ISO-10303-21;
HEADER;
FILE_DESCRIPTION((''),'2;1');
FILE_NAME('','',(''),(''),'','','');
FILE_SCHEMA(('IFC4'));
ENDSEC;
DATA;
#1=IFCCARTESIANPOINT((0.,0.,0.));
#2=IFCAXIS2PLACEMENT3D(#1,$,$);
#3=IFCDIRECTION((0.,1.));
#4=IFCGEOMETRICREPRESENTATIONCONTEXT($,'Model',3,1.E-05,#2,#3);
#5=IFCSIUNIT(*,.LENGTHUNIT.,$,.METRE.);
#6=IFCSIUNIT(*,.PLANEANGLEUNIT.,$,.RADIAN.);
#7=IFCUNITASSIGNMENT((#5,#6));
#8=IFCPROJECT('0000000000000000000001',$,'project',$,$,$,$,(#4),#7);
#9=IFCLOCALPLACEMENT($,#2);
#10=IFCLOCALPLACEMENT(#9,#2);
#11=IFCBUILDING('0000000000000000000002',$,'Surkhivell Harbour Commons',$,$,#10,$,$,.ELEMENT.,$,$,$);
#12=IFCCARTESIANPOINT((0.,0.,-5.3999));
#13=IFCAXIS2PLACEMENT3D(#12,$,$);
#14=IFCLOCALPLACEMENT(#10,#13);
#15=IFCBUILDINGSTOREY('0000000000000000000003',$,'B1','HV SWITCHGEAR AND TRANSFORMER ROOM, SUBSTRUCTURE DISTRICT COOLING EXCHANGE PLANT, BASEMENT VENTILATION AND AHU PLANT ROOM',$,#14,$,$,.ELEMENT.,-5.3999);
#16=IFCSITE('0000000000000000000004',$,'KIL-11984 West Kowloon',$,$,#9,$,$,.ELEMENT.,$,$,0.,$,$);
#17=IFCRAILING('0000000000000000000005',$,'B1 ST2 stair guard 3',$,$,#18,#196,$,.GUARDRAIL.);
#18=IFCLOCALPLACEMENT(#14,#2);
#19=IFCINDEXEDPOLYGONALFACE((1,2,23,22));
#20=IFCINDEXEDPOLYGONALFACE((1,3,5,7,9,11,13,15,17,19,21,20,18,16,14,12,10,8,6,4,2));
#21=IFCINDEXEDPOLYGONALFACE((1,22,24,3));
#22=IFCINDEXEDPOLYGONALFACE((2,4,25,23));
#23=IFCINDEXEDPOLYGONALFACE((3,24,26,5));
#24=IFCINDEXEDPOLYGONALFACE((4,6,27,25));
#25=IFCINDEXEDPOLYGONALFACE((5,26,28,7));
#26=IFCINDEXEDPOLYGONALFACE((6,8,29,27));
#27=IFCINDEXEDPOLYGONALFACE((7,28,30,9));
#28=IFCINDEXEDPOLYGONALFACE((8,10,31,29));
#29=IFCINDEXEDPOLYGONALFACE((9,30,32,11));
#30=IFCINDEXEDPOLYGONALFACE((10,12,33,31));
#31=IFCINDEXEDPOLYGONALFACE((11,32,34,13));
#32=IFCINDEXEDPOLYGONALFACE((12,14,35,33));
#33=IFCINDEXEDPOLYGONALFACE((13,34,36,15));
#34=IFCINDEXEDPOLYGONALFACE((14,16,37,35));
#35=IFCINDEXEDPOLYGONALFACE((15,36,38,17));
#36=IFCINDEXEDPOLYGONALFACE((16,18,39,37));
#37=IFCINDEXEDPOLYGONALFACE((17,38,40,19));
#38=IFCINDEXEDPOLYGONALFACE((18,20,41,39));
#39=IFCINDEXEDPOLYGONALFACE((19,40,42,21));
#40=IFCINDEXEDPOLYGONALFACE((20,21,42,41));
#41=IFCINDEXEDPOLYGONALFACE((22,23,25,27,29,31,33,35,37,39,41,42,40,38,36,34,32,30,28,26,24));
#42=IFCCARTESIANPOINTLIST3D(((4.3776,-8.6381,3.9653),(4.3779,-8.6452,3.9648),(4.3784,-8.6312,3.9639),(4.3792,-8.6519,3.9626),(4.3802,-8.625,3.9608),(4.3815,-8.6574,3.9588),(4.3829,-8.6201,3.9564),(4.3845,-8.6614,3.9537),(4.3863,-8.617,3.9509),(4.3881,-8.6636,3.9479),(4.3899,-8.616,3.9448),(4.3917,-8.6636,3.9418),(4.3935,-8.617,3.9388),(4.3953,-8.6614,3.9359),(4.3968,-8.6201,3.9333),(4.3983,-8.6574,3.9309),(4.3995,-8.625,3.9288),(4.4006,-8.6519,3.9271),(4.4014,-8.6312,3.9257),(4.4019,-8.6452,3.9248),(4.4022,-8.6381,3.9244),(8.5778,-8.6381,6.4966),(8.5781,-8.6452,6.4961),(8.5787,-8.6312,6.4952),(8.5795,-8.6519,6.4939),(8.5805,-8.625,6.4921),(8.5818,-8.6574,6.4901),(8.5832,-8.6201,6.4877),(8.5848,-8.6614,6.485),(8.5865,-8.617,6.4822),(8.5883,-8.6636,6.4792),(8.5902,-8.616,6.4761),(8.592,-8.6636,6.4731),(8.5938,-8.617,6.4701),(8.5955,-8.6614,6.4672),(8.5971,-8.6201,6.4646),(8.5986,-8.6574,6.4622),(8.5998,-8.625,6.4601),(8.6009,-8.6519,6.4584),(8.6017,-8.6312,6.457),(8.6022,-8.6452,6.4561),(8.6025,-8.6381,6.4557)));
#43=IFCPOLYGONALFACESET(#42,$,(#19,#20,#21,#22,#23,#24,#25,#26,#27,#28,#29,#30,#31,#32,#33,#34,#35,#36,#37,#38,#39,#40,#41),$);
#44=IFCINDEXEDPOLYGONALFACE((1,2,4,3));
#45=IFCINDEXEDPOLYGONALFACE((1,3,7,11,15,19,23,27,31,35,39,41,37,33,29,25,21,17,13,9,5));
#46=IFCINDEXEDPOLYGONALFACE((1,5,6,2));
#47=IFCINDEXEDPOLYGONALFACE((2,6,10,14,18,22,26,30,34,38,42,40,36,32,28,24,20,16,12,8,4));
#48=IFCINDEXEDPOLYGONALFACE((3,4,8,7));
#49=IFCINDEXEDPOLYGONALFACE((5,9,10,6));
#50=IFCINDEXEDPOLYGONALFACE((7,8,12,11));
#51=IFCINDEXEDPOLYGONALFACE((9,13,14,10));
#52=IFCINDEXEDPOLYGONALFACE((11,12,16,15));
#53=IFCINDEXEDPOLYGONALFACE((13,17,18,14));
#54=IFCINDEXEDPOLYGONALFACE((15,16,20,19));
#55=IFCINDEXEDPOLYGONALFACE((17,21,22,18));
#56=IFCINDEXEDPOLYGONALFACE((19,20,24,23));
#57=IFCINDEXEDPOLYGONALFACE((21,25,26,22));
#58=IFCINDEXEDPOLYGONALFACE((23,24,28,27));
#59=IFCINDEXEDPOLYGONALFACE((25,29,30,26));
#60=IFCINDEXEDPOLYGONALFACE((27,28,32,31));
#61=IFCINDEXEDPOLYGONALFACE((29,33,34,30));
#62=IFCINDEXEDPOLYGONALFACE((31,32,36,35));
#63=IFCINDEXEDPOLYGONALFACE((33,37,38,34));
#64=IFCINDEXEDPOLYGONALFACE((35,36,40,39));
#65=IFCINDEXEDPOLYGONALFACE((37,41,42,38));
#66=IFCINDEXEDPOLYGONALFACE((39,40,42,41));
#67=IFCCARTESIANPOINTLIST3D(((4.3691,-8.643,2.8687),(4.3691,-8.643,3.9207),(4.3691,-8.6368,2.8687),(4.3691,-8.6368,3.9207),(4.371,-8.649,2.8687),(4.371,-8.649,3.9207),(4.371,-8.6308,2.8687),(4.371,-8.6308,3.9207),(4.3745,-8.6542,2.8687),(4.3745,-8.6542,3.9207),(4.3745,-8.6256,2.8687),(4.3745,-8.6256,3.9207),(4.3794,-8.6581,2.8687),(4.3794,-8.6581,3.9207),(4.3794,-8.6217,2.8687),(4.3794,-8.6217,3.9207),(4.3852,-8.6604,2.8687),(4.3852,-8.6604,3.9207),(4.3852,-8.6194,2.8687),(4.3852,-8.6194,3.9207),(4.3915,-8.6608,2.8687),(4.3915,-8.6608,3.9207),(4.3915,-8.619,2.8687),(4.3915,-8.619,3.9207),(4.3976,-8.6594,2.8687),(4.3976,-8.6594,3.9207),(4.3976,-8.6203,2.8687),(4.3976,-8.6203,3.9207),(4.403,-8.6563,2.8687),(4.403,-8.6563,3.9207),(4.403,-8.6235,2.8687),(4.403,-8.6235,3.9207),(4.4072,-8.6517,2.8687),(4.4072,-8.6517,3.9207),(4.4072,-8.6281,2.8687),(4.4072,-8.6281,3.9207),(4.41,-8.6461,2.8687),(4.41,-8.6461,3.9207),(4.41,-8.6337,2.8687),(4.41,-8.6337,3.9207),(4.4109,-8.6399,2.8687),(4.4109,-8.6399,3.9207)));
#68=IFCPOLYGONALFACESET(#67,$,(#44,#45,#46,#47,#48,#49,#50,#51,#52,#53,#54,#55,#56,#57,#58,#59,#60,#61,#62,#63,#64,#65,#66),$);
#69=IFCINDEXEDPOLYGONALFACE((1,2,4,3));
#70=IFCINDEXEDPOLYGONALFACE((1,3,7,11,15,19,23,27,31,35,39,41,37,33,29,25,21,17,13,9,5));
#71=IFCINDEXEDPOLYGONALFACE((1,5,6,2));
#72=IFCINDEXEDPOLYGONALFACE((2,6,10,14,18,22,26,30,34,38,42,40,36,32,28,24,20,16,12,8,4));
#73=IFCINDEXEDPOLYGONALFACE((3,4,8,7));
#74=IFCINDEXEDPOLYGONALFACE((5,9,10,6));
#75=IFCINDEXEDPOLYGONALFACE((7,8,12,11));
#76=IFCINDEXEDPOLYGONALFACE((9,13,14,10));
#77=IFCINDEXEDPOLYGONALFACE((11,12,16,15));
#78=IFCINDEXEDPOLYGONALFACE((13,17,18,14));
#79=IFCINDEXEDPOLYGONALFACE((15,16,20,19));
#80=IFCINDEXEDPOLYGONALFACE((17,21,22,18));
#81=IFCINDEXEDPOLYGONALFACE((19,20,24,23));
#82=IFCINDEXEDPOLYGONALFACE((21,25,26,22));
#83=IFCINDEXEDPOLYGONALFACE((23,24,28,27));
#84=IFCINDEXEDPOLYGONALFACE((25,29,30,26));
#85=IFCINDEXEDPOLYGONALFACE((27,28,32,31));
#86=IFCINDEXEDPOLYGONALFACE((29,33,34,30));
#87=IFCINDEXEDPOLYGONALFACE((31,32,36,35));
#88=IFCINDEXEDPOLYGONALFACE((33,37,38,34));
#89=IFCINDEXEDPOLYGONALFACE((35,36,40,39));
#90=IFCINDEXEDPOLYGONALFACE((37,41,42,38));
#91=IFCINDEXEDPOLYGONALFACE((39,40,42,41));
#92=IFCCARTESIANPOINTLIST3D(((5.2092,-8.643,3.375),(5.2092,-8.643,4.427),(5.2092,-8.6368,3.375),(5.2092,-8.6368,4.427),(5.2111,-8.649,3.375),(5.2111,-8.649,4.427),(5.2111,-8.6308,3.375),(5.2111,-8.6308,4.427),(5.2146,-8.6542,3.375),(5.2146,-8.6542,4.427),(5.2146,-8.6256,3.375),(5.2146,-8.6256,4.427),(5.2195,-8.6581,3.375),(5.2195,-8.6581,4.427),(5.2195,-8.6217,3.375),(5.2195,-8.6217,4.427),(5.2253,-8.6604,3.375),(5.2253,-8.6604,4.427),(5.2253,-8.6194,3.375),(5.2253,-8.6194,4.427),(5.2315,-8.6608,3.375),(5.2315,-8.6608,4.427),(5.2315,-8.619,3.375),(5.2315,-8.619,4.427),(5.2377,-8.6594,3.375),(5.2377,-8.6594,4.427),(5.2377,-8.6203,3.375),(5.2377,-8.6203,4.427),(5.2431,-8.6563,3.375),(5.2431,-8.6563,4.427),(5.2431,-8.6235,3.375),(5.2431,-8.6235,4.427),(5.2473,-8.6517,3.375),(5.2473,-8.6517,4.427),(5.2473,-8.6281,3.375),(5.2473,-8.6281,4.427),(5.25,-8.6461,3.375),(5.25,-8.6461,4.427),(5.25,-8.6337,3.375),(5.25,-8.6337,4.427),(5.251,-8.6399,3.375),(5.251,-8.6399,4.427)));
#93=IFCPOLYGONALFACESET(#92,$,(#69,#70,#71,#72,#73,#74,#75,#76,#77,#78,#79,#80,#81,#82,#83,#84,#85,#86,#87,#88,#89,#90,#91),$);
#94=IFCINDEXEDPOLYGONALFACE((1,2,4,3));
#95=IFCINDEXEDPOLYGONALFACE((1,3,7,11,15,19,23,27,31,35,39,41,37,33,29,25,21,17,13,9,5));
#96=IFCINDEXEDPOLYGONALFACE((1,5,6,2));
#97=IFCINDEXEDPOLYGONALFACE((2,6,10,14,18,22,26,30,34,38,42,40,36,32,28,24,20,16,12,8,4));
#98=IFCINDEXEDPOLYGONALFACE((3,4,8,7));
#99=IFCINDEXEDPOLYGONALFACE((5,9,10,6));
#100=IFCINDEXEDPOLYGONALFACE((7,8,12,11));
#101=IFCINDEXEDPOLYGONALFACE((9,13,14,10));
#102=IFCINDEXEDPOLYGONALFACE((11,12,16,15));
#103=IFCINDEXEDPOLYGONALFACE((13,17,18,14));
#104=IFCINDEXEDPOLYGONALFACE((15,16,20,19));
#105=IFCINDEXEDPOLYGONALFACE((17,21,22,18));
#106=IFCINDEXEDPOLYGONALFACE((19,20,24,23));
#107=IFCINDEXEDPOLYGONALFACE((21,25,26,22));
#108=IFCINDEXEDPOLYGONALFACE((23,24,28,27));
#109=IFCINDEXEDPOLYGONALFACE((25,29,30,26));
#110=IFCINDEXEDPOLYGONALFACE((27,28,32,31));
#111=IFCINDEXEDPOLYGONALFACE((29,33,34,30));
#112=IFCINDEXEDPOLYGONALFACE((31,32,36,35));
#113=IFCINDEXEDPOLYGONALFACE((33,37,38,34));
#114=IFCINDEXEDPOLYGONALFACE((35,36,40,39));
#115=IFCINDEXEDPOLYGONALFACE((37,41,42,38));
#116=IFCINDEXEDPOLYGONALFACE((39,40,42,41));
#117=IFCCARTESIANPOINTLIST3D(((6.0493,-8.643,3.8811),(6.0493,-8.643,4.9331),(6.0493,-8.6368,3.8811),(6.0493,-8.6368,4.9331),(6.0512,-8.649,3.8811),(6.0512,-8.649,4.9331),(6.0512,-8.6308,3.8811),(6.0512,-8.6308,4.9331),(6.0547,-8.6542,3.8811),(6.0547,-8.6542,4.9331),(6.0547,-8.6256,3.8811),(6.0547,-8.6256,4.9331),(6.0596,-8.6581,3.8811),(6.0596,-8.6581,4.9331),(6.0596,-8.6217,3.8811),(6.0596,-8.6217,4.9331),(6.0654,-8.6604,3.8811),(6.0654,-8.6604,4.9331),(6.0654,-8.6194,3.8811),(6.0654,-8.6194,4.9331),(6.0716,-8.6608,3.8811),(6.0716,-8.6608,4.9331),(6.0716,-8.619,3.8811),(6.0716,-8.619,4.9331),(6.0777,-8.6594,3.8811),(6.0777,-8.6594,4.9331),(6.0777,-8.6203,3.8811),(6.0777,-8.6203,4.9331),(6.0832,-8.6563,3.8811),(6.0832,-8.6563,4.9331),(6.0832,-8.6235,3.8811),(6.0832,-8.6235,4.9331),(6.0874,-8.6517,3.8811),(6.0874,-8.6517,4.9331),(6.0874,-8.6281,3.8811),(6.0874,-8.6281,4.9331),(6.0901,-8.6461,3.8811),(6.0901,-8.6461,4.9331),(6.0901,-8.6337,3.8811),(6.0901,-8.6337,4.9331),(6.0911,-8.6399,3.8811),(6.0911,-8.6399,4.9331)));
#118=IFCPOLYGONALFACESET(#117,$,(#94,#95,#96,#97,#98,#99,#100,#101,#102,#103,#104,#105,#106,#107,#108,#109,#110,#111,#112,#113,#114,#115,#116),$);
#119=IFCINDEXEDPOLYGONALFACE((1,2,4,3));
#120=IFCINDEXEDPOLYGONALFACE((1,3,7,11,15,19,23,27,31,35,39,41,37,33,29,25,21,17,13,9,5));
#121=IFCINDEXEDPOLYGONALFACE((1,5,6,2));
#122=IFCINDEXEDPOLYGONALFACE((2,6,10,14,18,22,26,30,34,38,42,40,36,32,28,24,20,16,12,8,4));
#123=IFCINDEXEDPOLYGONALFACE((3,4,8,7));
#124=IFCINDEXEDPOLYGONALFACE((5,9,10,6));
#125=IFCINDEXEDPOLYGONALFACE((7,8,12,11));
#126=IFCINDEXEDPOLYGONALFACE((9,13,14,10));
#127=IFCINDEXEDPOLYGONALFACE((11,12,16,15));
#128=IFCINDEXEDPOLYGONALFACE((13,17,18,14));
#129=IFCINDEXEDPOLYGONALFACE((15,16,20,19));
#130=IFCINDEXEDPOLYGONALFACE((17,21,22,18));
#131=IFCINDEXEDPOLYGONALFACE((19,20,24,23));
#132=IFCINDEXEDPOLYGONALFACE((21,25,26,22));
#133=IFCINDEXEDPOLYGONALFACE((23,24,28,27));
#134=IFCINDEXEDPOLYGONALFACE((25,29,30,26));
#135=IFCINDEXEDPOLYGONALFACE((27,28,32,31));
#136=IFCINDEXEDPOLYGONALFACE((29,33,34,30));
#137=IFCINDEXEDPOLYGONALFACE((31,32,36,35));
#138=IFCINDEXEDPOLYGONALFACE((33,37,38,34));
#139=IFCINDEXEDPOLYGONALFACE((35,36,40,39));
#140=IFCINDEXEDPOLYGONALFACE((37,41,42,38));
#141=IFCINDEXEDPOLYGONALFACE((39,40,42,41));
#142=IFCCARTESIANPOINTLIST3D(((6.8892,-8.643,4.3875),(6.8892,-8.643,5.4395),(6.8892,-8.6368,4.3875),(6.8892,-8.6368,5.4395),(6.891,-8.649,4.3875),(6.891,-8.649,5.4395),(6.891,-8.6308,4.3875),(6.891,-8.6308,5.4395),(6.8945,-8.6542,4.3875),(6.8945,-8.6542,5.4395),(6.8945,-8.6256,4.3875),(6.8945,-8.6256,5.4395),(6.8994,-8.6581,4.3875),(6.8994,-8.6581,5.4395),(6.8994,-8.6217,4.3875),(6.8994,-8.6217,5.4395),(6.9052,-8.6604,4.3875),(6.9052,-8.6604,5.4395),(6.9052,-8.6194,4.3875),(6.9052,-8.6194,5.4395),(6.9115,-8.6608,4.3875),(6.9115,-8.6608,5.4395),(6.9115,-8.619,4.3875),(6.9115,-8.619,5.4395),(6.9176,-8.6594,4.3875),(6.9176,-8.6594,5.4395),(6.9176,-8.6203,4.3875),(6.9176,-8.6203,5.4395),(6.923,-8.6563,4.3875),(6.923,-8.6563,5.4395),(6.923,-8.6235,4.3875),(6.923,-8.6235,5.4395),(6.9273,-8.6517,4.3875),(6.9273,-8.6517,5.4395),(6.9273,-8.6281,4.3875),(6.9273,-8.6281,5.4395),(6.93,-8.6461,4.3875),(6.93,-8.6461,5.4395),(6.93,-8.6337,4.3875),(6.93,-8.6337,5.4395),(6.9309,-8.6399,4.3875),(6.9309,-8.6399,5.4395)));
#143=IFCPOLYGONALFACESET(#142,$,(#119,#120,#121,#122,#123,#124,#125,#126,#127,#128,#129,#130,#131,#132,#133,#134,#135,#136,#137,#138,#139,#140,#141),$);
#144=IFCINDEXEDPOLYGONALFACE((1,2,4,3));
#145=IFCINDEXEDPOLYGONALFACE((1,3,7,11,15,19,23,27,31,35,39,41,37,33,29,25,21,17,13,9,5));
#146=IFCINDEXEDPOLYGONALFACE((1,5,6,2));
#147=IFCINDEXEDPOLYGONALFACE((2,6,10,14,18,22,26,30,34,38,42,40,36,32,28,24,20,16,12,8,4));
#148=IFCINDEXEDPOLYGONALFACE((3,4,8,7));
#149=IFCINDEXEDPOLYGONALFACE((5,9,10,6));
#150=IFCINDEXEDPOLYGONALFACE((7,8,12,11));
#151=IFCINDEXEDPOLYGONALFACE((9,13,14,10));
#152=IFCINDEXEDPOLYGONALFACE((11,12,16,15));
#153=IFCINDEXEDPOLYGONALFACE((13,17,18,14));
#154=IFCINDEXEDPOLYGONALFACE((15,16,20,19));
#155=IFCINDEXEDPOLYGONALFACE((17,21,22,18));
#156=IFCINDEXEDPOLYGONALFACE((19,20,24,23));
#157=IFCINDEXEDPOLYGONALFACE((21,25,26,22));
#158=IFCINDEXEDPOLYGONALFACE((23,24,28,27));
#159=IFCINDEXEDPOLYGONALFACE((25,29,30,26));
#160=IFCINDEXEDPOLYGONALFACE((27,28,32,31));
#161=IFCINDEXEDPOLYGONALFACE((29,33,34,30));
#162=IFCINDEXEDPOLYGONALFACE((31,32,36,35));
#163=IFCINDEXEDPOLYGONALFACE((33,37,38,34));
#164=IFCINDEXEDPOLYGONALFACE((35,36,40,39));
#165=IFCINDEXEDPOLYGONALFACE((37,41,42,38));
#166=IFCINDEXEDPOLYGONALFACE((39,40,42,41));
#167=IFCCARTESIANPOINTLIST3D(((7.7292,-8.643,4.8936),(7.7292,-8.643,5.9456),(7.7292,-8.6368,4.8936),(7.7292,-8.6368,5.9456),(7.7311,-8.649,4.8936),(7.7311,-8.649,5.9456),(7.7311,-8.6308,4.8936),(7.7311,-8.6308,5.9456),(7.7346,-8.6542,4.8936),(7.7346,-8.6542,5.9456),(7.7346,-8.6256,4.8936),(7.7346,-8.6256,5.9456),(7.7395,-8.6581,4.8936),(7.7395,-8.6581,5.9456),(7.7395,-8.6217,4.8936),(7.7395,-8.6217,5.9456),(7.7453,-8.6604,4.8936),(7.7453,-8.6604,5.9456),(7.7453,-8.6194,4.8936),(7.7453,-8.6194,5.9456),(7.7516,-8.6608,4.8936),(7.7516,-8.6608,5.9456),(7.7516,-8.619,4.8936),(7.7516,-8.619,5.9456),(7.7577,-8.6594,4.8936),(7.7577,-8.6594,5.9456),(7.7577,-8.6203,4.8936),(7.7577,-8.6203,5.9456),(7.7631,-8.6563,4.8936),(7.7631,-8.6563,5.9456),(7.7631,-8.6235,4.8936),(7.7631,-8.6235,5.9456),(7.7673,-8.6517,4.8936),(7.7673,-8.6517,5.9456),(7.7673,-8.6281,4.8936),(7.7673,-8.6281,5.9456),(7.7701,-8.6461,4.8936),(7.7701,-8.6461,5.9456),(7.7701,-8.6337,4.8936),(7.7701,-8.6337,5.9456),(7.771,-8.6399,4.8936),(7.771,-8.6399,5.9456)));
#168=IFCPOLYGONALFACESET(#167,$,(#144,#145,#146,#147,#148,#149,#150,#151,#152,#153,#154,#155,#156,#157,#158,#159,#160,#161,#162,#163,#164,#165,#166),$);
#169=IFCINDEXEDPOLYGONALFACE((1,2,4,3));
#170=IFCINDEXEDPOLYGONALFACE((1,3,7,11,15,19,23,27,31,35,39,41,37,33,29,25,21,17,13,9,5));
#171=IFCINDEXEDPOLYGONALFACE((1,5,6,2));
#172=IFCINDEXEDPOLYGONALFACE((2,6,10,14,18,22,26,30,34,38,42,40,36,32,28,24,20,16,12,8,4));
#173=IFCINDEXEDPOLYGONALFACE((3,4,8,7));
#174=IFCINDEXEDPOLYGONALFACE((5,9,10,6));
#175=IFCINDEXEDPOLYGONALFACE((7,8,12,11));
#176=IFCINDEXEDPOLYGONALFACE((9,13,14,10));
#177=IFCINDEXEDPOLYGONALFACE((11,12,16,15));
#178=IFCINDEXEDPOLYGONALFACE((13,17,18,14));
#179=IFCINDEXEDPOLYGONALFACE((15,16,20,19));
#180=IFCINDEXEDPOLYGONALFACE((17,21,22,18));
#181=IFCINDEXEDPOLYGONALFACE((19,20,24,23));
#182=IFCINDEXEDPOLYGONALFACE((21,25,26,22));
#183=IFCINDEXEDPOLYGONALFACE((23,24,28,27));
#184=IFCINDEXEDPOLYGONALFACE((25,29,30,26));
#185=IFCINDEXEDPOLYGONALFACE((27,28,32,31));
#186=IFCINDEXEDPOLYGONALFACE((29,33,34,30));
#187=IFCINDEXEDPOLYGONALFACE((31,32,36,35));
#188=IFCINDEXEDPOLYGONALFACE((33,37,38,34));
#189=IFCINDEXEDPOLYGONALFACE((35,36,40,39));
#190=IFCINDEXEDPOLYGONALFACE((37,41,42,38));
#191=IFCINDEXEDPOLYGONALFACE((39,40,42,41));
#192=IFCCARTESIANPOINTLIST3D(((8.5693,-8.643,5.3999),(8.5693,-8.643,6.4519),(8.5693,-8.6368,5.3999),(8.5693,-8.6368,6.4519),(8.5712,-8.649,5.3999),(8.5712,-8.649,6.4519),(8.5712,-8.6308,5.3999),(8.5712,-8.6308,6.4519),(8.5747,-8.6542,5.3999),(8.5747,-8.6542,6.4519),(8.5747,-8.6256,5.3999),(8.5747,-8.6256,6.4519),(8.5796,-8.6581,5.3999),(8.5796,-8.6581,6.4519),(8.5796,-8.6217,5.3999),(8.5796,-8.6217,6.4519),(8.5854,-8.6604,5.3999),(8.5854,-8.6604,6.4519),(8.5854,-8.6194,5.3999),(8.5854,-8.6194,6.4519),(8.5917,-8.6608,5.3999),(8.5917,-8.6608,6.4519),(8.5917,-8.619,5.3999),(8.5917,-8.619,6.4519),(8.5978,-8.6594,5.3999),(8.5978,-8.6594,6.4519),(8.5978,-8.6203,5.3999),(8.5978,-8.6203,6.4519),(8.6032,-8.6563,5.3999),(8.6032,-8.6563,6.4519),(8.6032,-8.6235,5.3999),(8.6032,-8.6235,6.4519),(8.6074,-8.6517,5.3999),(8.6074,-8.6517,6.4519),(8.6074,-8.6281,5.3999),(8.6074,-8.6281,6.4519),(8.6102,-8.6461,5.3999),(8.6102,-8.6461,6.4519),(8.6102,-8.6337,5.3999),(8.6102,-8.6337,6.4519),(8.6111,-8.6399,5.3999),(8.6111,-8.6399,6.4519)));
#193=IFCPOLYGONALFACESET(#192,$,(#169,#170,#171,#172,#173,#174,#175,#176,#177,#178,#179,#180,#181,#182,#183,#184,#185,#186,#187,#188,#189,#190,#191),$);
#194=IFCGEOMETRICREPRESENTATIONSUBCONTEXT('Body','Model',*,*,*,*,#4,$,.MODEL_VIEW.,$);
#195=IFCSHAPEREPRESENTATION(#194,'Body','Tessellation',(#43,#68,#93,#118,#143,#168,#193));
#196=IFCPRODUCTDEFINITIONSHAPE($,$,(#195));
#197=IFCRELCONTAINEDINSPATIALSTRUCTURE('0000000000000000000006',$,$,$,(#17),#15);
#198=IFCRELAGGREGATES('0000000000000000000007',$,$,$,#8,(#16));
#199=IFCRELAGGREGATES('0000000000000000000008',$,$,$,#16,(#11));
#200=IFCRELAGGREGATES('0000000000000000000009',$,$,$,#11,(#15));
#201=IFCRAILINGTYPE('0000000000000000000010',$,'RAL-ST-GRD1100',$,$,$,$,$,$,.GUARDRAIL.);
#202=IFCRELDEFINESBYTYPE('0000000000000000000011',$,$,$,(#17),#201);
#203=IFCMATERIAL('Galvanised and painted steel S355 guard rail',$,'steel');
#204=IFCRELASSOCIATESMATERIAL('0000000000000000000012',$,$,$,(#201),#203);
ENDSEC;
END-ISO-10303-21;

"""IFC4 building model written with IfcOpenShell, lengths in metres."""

from ifc_helpers import new_model, si_unit, direction, frame, origin, origin_2d, place, context, subcontext, project, spatial, circle, extrude, material, type_object, element, save


model = new_model("IFC4")

# Units and contexts
model_context = context("Model", 3, precision=1e-05, world=origin(), true_north=direction((0.0, 1.0)))
body_context = subcontext(model_context, "Body", "Model", "MODEL_VIEW")
ifc_project = project(units=[si_unit("LENGTHUNIT", "METRE"), si_unit("PLANEANGLEUNIT", "RADIAN")], contexts=[model_context])

# Site, building, storey
site_placement = place(None, origin())
site = spatial("IfcSite", under=ifc_project, at=site_placement, Name="KIL-11984 West Kowloon", CompositionType="ELEMENT", RefElevation=0.0)
building_placement = place(site_placement, origin())
building = spatial("IfcBuilding", under=site, at=building_placement, Name="Surkhivell Harbour Commons", CompositionType="ELEMENT")
storey_placement = place(building_placement, frame((0.0, 0.0, -5.3999)))
storey = spatial("IfcBuildingStorey", under=building, at=storey_placement, Name="B1", Description="HV SWITCHGEAR AND TRANSFORMER ROOM, SUBSTRUCTURE DISTRICT COOLING EXCHANGE PLANT, BASEMENT VENTILATION AND AHU PLANT ROOM", CompositionType="ELEMENT", Elevation=-5.3999)

# Railing
ifc_material_1 = material(Name="Galvanised and painted steel S355 guard rail", Category="steel")
railing_type_1 = type_object("IfcRailingType", Name="RAL-ST-GRD1100", PredefinedType="GUARDRAIL", material=ifc_material_1)
railing_1_placement = place(storey_placement, frame((4.3899, -8.6399, 2.8687)))
element("IfcRailing", 1, at=railing_1_placement, inside=storey, type_object=railing_type_1, Name="B1 ST2 stair guard 3", PredefinedType="GUARDRAIL", context=body_context, shape_type="SweptSolid", body=[
    extrude(circle(Radius=0.0239, at=origin_2d()), frame((0.0, 0.0, 1.0762), z_axis=(0.85649, 0.0, 0.516164), x_axis=(0.0, 1.0, 0.0)), (0.0, 0.0, 1.0), 4.9041),
    extrude(circle(Radius=0.021, at=origin_2d()), origin(), (0.0, 0.0, 1.0), 1.052),
    extrude(circle(Radius=0.021, at=origin_2d()), frame((0.8401, 0.0, 0.5063)), (0.0, 0.0, 1.0), 1.052),
    extrude(circle(Radius=0.021, at=origin_2d()), frame((1.6802, 0.0, 1.0125)), (0.0, 0.0, 1.0), 1.052),
    extrude(circle(Radius=0.021, at=origin_2d()), frame((2.52, 0.0, 1.5188)), (0.0, 0.0, 1.0), 1.052),
    extrude(circle(Radius=0.021, at=origin_2d()), frame((3.3601, 0.0, 2.0249)), (0.0, 0.0, 1.0), 1.052),
    extrude(circle(Radius=0.021, at=origin_2d()), frame((4.2002, 0.0, 2.5312)), (0.0, 0.0, 1.0), 1.052),
])

save(model, "model.ifc")
